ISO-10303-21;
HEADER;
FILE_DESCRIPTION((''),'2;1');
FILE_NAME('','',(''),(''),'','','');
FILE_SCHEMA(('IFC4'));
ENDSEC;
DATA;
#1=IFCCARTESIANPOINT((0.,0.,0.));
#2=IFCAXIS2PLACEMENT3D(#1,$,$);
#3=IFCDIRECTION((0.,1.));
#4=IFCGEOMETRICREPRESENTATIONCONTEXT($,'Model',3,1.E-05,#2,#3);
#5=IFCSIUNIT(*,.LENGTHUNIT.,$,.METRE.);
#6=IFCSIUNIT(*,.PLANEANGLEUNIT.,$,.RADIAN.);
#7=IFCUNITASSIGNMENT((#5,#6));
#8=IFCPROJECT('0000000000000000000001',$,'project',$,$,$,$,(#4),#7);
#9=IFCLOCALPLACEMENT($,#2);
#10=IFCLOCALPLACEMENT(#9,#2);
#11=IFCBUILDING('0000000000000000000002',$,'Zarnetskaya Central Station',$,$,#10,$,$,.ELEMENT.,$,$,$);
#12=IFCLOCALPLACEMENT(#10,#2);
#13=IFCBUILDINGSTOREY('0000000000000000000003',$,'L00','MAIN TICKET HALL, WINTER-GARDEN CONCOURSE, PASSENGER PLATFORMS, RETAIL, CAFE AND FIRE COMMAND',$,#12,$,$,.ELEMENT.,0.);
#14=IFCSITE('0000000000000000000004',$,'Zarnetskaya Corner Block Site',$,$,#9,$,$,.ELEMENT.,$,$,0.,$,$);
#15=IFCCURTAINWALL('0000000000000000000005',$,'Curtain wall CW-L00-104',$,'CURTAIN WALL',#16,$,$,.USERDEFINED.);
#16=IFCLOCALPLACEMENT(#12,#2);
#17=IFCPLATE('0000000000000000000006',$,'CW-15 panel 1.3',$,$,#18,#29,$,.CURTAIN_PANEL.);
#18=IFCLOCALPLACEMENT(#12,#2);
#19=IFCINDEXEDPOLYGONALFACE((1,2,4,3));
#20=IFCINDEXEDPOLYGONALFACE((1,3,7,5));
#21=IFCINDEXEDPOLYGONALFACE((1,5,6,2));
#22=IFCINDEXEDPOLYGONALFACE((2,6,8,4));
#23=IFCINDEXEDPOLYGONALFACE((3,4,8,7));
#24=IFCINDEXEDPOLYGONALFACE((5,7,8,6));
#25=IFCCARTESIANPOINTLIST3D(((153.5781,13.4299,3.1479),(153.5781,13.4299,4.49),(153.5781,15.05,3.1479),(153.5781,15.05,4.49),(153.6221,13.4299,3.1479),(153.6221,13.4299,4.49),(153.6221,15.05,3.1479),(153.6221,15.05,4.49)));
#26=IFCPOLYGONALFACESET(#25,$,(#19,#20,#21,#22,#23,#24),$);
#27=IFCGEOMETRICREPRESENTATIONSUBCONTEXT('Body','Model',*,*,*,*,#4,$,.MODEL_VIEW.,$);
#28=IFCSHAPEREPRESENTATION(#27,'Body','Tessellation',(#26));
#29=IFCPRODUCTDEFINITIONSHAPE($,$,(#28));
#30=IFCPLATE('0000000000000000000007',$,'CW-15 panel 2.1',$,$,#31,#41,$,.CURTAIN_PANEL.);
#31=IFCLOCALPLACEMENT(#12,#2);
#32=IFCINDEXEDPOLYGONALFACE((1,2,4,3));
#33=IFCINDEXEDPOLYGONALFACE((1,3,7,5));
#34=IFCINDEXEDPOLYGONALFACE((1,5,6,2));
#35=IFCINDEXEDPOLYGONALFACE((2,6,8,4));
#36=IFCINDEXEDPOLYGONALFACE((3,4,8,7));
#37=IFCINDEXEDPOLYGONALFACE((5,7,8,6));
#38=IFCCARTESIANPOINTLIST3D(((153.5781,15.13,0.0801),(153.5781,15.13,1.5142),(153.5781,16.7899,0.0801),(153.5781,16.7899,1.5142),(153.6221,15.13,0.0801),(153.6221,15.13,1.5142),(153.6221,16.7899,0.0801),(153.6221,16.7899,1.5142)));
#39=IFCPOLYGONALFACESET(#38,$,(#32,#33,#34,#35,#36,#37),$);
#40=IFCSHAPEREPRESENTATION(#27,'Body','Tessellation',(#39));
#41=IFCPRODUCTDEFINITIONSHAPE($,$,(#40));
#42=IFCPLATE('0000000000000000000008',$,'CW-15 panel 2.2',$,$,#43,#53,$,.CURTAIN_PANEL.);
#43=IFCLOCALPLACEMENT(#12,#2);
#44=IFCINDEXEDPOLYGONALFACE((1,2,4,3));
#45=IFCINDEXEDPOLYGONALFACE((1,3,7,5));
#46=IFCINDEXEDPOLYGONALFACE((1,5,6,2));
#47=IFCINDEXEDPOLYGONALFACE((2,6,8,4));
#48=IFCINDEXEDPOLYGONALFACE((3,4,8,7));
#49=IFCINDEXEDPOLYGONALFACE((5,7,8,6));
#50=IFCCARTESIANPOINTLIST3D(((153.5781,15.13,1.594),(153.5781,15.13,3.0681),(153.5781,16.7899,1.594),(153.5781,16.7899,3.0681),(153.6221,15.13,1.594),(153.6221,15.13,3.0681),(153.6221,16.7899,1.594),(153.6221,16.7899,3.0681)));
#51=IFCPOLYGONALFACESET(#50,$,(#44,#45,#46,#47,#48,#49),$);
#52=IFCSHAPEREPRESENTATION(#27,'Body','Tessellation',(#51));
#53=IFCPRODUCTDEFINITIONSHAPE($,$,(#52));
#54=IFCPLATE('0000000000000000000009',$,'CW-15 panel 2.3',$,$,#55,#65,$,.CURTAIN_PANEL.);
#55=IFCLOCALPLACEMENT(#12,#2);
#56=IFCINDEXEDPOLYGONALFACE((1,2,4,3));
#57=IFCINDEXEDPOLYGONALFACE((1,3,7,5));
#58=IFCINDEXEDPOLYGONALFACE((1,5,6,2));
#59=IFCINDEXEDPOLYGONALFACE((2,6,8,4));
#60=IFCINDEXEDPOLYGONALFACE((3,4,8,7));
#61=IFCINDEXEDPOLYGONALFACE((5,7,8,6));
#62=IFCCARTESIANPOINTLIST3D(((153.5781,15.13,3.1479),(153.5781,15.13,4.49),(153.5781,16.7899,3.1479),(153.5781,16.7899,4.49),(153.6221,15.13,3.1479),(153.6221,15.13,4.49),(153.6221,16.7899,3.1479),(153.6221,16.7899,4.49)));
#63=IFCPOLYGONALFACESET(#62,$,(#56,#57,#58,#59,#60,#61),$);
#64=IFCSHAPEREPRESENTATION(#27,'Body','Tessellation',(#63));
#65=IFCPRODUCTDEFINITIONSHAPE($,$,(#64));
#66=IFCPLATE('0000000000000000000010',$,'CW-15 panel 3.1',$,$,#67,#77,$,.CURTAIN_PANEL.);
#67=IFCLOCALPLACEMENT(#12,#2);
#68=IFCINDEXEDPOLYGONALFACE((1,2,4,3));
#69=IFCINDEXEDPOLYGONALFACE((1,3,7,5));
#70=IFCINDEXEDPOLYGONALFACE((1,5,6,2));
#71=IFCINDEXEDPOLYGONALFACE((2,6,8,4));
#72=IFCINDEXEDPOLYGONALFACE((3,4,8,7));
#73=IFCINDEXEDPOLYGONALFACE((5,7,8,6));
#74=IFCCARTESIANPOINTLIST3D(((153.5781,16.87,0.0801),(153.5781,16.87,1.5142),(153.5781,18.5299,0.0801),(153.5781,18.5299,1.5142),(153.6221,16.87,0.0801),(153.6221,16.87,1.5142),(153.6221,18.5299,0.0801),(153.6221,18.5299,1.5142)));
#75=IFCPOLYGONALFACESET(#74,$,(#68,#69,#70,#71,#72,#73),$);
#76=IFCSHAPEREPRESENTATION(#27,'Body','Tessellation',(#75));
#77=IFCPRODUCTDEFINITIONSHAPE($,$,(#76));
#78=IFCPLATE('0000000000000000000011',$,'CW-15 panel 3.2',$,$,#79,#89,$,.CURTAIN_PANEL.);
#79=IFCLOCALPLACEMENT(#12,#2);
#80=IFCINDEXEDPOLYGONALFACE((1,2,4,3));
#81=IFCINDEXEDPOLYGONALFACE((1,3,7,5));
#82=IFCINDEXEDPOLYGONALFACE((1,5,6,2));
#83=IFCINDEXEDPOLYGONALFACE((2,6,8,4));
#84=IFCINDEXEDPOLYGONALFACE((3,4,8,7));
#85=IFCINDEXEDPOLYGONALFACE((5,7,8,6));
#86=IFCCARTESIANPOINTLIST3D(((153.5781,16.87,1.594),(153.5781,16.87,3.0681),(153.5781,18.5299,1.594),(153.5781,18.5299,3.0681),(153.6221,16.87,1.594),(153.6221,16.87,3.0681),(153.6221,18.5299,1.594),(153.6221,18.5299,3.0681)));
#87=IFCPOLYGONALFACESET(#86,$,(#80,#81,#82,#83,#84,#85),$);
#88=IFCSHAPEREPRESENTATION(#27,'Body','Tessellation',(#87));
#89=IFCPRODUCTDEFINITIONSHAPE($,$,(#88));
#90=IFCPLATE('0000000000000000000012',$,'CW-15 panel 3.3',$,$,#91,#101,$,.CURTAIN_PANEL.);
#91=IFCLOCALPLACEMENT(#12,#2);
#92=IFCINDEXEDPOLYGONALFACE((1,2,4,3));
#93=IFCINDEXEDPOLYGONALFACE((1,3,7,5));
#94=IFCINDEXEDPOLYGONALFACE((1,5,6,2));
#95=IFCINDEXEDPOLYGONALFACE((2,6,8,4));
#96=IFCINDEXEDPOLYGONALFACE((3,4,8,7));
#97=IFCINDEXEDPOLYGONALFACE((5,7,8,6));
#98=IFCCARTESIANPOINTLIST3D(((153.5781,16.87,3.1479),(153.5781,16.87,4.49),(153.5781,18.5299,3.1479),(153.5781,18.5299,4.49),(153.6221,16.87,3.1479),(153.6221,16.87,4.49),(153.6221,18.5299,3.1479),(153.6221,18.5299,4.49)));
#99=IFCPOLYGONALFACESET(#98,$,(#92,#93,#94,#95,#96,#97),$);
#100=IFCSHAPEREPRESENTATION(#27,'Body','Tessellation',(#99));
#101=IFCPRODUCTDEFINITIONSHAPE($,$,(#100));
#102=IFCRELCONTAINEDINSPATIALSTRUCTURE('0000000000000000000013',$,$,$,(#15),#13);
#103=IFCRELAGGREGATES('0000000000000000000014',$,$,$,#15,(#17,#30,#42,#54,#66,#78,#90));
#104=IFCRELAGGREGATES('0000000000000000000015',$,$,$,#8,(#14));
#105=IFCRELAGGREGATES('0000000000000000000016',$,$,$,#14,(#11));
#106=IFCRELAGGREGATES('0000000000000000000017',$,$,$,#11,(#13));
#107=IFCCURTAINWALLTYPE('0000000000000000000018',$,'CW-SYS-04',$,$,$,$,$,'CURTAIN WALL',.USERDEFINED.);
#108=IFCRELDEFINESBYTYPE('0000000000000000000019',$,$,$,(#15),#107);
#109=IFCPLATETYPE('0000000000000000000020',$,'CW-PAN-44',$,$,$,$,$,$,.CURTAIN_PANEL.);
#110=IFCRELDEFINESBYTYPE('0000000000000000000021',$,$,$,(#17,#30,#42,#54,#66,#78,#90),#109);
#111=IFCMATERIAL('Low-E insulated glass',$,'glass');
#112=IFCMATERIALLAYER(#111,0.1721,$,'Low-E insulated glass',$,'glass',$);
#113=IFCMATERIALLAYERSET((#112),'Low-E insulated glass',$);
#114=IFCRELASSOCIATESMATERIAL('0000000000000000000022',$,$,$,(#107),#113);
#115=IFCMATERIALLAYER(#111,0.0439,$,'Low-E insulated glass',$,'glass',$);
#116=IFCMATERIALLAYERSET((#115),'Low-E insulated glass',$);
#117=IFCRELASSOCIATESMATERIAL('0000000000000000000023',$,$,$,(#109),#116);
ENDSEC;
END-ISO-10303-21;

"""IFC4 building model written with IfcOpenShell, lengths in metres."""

from ifc_helpers import new_model, si_unit, direction, frame, origin, origin_2d, place, context, subcontext, project, spatial, rectangle, extrude, material, layer, layer_set, type_object, element, aggregate, save


model = new_model("IFC4")

# Units and contexts
model_context = context("Model", 3, precision=1e-05, world=origin(), true_north=direction((0.0, 1.0)))
body_context = subcontext(model_context, "Body", "Model", "MODEL_VIEW")
ifc_project = project(units=[si_unit("LENGTHUNIT", "METRE"), si_unit("PLANEANGLEUNIT", "RADIAN")], contexts=[model_context])

# Site, building, storey
site_placement = place(None, origin())
site = spatial("IfcSite", under=ifc_project, at=site_placement, Name="Zarnetskaya Corner Block Site", CompositionType="ELEMENT", RefElevation=0.0)
building_placement = place(site_placement, origin())
building = spatial("IfcBuilding", under=site, at=building_placement, Name="Zarnetskaya Central Station", CompositionType="ELEMENT")
storey_placement = place(building_placement, origin())
storey = spatial("IfcBuildingStorey", under=building, at=storey_placement, Name="L00", Description="MAIN TICKET HALL, WINTER-GARDEN CONCOURSE, PASSENGER PLATFORMS, RETAIL, CAFE AND FIRE COMMAND", CompositionType="ELEMENT", Elevation=0.0)

# Curtain wall, plates
ifc_material_1 = material(Name="Low-E insulated glass", Category="glass")
ifc_layer_1 = layer(ifc_material_1, 0.1721, Name="Low-E insulated glass", Category="glass")
ifc_layer_set_1 = layer_set([ifc_layer_1], Name="Low-E insulated glass")
curtain_wall_type = type_object("IfcCurtainWallType", Name="CW-SYS-04", ElementType="CURTAIN WALL", PredefinedType="USERDEFINED", material=ifc_layer_set_1)
curtain_wall_placement = place(storey_placement, origin())
curtain_wall = element("IfcCurtainWall", 1, at=curtain_wall_placement, inside=storey, type_object=curtain_wall_type, Name="Curtain wall CW-L00-104", ObjectType="CURTAIN WALL", PredefinedType="USERDEFINED")
ifc_layer_2 = layer(ifc_material_1, 0.0439, Name="Low-E insulated glass", Category="glass")
ifc_layer_set_2 = layer_set([ifc_layer_2], Name="Low-E insulated glass")
plate_type = type_object("IfcPlateType", Name="CW-PAN-44", PredefinedType="CURTAIN_PANEL", material=ifc_layer_set_2)
plate_1_placement = place(storey_placement, frame((153.6001, 14.24, 3.1479), z_axis=(0.0, 0.0, 1.0), x_axis=(0.0, 1.0, 0.0)))
plate_1 = element("IfcPlate", 2, at=plate_1_placement, type_object=plate_type, Name="CW-15 panel 1.3", PredefinedType="CURTAIN_PANEL", context=body_context, shape_type="SweptSolid", body=[
    extrude(rectangle(XDim=1.6201, YDim=0.0439, at=origin_2d()), origin(), (0.0, 0.0, 1.0), 1.342),
])
plate_2_placement = place(storey_placement, frame((153.6001, 15.96, 0.0801), z_axis=(0.0, 0.0, 1.0), x_axis=(0.0, 1.0, 0.0)))
plate_2 = element("IfcPlate", 3, at=plate_2_placement, type_object=plate_type, Name="CW-15 panel 2.1", PredefinedType="CURTAIN_PANEL", context=body_context, shape_type="SweptSolid", body=[
    extrude(rectangle(XDim=1.6599, YDim=0.0439, at=origin_2d()), origin(), (0.0, 0.0, 1.0), 1.4341),
])
plate_3_placement = place(storey_placement, frame((153.6001, 15.96, 1.594), z_axis=(0.0, 0.0, 1.0), x_axis=(0.0, 1.0, 0.0)))
plate_3 = element("IfcPlate", 4, at=plate_3_placement, type_object=plate_type, Name="CW-15 panel 2.2", PredefinedType="CURTAIN_PANEL", context=body_context, shape_type="SweptSolid", body=[
    extrude(rectangle(XDim=1.6599, YDim=0.0439, at=origin_2d()), origin(), (0.0, 0.0, 1.0), 1.4741),
])
plate_4_placement = place(storey_placement, frame((153.6001, 15.96, 3.1479), z_axis=(0.0, 0.0, 1.0), x_axis=(0.0, 1.0, 0.0)))
plate_4 = element("IfcPlate", 5, at=plate_4_placement, type_object=plate_type, Name="CW-15 panel 2.3", PredefinedType="CURTAIN_PANEL", context=body_context, shape_type="SweptSolid", body=[
    extrude(rectangle(XDim=1.6599, YDim=0.0439, at=origin_2d()), origin(), (0.0, 0.0, 1.0), 1.342),
])
plate_5_placement = place(storey_placement, frame((153.6001, 17.7, 0.0801), z_axis=(0.0, 0.0, 1.0), x_axis=(0.0, 1.0, 0.0)))
plate_5 = element("IfcPlate", 6, at=plate_5_placement, type_object=plate_type, Name="CW-15 panel 3.1", PredefinedType="CURTAIN_PANEL", context=body_context, shape_type="SweptSolid", body=[
    extrude(rectangle(XDim=1.6599, YDim=0.0439, at=origin_2d()), origin(), (0.0, 0.0, 1.0), 1.4341),
])
plate_6_placement = place(storey_placement, frame((153.6001, 17.7, 1.594), z_axis=(0.0, 0.0, 1.0), x_axis=(0.0, 1.0, 0.0)))
plate_6 = element("IfcPlate", 7, at=plate_6_placement, type_object=plate_type, Name="CW-15 panel 3.2", PredefinedType="CURTAIN_PANEL", context=body_context, shape_type="SweptSolid", body=[
    extrude(rectangle(XDim=1.6599, YDim=0.0439, at=origin_2d()), origin(), (0.0, 0.0, 1.0), 1.4741),
])
plate_7_placement = place(storey_placement, frame((153.6001, 17.7, 3.1479), z_axis=(0.0, 0.0, 1.0), x_axis=(0.0, 1.0, 0.0)))
plate_7 = element("IfcPlate", 8, at=plate_7_placement, type_object=plate_type, Name="CW-15 panel 3.3", PredefinedType="CURTAIN_PANEL", context=body_context, shape_type="SweptSolid", body=[
    extrude(rectangle(XDim=1.6599, YDim=0.0439, at=origin_2d()), origin(), (0.0, 0.0, 1.0), 1.342),
])
aggregate(curtain_wall, [plate_1, plate_2, plate_3, plate_4, plate_5, plate_6, plate_7])

save(model, "model.ifc")
